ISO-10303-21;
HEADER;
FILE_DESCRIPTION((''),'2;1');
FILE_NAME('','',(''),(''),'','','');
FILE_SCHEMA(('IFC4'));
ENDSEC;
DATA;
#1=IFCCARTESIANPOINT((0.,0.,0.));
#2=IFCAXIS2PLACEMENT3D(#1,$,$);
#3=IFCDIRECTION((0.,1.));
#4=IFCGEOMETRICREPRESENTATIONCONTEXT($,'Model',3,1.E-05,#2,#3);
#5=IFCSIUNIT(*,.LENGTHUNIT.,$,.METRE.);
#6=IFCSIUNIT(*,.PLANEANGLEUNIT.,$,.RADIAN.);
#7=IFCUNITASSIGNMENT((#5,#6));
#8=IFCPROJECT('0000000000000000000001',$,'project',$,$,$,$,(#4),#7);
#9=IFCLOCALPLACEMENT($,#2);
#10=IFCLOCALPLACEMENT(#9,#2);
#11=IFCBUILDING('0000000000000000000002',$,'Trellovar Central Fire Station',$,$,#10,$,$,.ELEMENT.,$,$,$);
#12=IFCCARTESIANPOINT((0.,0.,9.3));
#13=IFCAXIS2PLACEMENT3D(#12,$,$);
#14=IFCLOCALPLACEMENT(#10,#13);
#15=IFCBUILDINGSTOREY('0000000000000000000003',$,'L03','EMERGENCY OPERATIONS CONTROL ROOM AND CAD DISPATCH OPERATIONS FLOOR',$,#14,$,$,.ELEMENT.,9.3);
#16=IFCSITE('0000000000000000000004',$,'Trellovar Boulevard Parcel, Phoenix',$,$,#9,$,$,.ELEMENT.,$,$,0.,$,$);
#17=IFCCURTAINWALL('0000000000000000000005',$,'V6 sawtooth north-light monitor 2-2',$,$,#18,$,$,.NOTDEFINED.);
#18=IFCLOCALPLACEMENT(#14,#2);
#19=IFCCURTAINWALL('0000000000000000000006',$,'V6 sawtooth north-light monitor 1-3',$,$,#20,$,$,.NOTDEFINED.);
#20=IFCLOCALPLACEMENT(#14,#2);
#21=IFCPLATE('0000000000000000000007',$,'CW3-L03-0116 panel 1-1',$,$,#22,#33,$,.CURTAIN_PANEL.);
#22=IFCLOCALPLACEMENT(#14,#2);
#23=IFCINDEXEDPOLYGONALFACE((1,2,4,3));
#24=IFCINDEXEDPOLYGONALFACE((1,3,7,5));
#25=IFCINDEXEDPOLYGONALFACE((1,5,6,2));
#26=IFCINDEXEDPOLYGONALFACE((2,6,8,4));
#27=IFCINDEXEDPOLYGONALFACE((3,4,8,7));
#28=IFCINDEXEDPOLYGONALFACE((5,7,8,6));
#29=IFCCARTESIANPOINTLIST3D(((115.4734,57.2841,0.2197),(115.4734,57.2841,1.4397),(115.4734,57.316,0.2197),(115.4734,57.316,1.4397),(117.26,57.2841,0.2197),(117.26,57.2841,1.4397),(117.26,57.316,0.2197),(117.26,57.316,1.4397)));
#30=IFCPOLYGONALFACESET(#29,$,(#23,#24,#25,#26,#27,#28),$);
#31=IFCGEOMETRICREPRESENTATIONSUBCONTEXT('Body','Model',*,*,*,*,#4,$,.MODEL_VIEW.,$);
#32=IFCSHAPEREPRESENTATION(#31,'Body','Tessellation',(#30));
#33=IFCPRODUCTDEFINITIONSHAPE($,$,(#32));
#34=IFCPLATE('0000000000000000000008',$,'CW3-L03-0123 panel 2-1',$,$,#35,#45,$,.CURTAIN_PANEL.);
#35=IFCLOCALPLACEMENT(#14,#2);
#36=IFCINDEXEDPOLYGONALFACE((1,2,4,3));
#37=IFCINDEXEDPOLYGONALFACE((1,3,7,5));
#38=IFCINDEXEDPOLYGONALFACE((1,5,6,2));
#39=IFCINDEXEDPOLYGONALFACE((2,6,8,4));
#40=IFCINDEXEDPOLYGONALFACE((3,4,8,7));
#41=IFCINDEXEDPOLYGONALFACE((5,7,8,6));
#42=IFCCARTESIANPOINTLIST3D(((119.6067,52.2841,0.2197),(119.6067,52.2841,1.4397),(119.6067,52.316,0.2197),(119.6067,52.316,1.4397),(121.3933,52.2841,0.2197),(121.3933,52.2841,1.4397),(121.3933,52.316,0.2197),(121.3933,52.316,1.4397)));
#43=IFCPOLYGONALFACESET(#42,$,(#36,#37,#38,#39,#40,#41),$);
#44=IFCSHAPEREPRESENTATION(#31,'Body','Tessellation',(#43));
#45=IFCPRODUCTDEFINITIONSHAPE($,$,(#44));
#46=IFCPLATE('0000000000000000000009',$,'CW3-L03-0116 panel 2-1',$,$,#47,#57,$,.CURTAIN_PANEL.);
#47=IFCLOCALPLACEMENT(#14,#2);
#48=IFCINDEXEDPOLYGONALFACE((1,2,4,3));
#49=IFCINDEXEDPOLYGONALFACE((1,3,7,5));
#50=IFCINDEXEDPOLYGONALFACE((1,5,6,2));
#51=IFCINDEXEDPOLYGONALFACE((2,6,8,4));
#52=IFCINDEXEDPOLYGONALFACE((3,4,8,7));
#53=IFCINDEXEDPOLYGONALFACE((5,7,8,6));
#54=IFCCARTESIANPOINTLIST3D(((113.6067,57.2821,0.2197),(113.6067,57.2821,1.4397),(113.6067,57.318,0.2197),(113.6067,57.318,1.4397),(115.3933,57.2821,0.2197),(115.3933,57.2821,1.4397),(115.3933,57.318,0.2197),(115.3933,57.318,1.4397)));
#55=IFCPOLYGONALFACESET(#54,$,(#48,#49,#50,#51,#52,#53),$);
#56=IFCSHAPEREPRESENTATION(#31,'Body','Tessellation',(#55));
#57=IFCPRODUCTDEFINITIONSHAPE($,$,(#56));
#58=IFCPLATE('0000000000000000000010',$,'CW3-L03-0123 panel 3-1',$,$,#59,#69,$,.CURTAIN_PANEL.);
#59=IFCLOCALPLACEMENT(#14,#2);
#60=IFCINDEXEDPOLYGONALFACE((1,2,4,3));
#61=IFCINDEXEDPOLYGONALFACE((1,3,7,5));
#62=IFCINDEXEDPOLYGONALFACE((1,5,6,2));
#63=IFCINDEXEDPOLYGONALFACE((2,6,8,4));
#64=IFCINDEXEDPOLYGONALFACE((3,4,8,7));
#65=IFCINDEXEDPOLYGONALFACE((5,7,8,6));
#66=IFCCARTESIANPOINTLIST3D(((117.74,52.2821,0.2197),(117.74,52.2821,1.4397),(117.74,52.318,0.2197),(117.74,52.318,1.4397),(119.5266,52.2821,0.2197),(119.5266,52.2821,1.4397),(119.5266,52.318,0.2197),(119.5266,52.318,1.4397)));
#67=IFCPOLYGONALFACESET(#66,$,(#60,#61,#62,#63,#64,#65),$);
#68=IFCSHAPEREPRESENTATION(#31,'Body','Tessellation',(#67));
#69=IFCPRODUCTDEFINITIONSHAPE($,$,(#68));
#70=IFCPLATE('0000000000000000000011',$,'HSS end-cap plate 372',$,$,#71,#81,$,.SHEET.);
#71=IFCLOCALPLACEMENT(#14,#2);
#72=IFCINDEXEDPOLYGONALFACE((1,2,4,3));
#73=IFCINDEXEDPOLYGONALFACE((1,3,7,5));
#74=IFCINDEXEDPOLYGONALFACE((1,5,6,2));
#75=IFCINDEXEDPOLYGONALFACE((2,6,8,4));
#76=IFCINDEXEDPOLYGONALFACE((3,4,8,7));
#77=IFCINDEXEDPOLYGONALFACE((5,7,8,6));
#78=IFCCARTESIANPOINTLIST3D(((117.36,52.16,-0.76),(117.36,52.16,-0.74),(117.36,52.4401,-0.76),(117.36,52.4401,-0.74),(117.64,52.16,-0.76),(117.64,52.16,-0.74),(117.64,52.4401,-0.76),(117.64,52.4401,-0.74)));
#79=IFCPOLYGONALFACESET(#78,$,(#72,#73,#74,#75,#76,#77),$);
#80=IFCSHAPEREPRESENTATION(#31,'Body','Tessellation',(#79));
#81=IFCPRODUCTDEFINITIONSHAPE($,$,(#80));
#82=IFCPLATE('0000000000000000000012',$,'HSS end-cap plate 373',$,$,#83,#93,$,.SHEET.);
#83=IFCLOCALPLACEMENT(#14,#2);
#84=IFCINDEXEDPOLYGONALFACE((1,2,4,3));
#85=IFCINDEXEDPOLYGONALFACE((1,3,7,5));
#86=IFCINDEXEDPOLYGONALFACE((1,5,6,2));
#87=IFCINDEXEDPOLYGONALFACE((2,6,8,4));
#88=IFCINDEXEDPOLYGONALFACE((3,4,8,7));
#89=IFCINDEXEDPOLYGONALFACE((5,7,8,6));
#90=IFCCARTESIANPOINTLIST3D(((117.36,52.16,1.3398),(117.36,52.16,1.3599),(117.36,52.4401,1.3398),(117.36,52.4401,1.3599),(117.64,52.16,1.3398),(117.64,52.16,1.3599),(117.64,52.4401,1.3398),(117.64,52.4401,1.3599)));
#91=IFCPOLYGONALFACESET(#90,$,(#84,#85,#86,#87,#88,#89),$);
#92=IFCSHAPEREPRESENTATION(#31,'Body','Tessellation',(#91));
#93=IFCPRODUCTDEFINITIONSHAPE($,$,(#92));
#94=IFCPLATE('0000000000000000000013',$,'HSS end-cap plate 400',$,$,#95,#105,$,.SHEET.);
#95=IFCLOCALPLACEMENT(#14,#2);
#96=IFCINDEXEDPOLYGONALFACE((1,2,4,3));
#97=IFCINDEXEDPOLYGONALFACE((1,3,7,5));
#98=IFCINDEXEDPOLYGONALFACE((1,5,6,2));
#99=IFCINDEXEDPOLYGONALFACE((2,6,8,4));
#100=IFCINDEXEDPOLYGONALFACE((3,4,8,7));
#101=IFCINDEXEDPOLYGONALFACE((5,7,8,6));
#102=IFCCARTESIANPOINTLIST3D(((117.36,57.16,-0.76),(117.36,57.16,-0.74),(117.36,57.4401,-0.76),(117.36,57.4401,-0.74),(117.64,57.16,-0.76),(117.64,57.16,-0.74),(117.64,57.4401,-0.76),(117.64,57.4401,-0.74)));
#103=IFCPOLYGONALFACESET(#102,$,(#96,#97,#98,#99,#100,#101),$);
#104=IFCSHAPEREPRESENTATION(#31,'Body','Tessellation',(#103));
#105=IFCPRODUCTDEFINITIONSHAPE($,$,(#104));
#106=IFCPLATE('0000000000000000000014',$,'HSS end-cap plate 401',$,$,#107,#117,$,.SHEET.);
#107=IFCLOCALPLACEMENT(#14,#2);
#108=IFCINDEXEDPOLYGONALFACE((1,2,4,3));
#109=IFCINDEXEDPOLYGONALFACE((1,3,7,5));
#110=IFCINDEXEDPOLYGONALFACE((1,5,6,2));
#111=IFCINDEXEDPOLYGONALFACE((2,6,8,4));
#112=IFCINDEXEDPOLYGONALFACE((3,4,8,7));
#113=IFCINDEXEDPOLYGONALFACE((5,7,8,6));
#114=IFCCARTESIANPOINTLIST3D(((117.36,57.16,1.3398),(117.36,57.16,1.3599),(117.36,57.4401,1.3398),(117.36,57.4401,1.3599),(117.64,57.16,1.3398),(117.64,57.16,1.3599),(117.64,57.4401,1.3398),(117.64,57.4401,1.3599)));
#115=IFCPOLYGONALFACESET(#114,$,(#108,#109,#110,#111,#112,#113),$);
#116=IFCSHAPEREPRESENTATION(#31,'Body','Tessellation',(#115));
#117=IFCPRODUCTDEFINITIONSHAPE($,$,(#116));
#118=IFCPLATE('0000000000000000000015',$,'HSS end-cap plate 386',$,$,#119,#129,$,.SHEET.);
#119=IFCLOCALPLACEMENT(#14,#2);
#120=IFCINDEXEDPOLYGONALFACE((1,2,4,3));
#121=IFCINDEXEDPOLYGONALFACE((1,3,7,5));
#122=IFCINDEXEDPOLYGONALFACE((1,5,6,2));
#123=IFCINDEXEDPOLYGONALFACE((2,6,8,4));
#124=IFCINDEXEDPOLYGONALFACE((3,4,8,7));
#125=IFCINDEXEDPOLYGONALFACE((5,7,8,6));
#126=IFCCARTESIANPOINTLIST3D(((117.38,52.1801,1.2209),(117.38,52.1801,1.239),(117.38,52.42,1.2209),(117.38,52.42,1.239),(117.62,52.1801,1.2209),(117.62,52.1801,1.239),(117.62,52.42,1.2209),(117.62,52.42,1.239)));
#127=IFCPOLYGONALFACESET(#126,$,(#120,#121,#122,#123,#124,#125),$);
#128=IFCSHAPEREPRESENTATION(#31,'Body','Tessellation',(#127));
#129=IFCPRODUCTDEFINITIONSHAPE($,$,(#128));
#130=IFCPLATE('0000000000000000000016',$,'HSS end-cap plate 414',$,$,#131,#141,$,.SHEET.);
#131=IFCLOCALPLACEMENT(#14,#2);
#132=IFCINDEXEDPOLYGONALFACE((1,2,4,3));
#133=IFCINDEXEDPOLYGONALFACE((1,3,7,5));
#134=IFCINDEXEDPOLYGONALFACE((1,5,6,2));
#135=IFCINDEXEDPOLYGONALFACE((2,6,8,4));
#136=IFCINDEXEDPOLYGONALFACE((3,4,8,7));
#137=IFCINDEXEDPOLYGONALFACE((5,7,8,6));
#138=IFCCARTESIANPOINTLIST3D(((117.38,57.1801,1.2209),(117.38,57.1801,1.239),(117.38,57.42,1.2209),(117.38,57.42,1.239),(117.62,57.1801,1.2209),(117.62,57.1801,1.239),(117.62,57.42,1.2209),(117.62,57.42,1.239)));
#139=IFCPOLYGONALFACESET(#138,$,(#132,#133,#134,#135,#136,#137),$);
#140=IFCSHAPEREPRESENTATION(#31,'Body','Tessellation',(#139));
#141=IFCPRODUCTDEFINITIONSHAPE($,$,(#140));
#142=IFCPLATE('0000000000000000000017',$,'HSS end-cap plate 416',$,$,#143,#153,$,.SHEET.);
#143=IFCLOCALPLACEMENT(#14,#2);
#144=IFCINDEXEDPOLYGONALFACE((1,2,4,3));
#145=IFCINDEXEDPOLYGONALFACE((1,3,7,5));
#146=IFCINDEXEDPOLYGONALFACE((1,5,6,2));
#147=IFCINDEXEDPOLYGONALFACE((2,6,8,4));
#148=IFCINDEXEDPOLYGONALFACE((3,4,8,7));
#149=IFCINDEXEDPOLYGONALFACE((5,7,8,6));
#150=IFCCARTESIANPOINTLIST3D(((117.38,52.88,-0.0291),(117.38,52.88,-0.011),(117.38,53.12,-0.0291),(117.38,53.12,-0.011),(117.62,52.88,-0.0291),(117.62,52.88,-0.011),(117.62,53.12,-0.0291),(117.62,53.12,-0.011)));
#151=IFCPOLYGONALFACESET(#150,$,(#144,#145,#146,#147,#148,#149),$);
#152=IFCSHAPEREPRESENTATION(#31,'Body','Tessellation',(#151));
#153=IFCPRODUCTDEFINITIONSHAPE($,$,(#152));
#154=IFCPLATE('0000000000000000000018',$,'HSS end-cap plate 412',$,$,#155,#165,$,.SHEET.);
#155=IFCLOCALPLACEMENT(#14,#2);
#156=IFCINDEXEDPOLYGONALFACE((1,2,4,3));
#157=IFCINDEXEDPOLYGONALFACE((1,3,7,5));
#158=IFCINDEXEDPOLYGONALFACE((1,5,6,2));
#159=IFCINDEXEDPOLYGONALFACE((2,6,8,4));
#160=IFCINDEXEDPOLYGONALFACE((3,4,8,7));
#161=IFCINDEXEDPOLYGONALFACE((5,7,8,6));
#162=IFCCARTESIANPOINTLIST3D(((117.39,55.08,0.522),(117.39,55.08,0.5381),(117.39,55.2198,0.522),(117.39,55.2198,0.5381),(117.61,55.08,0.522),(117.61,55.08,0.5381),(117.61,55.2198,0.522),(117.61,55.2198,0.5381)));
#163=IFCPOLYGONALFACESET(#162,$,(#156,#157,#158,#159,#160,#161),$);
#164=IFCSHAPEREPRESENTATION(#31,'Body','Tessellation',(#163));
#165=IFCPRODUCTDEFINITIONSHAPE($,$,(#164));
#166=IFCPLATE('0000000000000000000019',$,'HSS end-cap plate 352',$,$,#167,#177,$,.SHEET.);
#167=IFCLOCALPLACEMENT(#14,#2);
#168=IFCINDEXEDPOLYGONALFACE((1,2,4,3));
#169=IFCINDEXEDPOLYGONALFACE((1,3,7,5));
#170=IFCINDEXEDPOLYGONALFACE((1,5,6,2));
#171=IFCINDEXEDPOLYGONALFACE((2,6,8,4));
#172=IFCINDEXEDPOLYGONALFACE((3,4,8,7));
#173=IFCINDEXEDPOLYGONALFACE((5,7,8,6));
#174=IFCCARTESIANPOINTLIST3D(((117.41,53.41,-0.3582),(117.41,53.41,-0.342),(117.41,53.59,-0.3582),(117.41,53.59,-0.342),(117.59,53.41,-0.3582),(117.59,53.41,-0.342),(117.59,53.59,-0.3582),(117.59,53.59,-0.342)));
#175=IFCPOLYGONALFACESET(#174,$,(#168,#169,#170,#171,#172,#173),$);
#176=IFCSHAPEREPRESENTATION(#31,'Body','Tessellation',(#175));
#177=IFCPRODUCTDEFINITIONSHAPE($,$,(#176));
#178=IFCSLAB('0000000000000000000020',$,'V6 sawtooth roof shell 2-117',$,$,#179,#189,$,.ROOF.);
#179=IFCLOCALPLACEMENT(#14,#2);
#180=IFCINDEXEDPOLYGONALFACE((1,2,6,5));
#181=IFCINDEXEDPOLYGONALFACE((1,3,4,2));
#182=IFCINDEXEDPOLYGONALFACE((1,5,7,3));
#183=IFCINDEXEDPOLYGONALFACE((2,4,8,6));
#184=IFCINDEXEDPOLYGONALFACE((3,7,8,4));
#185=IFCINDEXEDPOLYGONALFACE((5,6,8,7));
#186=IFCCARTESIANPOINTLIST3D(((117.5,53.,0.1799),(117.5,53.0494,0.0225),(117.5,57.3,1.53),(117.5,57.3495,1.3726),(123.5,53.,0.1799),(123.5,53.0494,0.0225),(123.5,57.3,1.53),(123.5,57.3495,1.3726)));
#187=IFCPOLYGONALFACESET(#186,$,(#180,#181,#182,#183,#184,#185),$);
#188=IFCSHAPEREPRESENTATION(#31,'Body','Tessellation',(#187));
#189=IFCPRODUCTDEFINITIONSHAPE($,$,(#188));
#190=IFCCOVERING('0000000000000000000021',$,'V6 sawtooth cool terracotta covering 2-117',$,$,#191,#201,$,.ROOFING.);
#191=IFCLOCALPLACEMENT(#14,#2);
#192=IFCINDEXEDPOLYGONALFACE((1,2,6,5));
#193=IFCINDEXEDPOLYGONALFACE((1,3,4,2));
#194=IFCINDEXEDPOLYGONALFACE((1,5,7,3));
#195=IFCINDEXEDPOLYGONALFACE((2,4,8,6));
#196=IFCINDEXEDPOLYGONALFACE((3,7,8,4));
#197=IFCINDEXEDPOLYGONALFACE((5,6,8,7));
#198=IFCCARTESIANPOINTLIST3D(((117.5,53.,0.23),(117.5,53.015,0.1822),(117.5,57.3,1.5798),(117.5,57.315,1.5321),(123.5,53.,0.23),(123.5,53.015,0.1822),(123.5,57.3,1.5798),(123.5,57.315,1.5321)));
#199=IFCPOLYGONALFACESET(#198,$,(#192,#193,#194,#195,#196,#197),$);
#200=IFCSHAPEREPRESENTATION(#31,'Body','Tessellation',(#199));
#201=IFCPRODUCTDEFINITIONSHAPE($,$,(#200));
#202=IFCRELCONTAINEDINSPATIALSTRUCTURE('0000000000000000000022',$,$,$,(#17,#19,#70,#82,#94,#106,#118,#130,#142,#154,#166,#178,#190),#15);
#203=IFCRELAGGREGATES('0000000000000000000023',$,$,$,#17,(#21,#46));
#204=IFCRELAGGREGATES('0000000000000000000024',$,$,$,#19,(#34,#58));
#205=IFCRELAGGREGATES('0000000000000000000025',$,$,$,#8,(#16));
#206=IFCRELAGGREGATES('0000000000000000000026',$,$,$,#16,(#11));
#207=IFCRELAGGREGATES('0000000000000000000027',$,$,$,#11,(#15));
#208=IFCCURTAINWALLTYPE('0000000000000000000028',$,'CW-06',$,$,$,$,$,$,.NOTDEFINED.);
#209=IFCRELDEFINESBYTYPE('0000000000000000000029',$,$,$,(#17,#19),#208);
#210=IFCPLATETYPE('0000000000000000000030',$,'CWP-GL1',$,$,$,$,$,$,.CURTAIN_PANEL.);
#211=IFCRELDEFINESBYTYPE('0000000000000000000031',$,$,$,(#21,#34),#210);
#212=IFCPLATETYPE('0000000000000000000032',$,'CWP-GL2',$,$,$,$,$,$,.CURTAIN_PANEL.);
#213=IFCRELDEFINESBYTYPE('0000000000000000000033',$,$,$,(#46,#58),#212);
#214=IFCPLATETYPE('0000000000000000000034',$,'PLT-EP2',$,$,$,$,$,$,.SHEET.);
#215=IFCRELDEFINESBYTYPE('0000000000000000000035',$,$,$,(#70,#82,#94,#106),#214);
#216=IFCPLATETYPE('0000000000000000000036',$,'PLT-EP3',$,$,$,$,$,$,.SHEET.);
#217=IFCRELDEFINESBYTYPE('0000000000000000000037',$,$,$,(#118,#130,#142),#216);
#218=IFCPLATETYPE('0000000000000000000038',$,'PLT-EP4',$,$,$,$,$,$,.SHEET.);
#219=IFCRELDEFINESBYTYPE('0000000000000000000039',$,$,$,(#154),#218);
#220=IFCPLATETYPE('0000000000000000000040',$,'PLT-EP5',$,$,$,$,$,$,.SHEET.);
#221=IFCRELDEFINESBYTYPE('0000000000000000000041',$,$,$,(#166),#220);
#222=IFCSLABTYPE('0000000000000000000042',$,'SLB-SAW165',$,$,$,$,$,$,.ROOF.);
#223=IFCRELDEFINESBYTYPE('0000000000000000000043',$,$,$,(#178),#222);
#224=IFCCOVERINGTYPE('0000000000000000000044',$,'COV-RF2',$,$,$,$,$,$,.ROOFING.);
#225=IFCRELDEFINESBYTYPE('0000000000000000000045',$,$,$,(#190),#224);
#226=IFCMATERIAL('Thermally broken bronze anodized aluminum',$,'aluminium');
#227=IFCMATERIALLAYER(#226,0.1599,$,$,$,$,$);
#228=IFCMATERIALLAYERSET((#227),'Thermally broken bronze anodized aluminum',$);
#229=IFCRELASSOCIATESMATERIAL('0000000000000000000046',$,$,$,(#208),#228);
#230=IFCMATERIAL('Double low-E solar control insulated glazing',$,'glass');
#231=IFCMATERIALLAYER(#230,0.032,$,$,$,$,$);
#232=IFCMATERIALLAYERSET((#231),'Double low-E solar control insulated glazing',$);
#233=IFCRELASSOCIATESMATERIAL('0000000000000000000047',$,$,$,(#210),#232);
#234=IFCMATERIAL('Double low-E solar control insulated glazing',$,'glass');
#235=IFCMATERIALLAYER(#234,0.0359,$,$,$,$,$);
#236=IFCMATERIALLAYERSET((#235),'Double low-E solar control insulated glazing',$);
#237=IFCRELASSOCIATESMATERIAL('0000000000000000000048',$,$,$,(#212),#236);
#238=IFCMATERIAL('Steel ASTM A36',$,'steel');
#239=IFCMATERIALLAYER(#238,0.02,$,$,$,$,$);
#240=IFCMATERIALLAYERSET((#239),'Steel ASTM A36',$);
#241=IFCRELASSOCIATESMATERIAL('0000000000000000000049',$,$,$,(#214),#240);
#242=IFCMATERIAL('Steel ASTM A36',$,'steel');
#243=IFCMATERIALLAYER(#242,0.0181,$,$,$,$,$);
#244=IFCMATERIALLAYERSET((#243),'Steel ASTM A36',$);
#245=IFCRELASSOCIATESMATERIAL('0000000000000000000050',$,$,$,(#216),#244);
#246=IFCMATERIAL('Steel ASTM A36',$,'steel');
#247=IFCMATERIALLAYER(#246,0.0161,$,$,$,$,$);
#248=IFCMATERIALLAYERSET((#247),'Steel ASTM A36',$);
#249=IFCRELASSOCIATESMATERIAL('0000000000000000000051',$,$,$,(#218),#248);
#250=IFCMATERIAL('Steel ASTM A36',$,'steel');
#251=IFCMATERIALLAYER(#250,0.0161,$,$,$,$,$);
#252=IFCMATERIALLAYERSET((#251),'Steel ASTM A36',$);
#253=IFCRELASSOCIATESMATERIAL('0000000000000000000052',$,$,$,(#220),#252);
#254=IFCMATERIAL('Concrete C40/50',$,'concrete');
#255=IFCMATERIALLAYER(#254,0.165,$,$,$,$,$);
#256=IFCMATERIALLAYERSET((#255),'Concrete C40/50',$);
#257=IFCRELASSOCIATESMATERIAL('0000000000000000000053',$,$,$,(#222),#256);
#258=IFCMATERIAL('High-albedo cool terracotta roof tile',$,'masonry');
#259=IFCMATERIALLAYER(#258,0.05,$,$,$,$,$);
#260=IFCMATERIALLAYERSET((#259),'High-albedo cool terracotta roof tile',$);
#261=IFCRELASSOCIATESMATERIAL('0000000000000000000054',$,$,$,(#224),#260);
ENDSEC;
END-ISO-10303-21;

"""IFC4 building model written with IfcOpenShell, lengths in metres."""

from ifc_helpers import new_model, si_unit, direction, frame, origin, origin_2d, place, context, subcontext, project, spatial, polyline, rectangle, outline, extrude, material, layer, layer_set, type_object, element, aggregate, save


model = new_model("IFC4")

# Units and contexts
model_context = context("Model", 3, precision=1e-05, world=origin(), true_north=direction((0.0, 1.0)))
body_context = subcontext(model_context, "Body", "Model", "MODEL_VIEW")
ifc_project = project(units=[si_unit("LENGTHUNIT", "METRE"), si_unit("PLANEANGLEUNIT", "RADIAN")], contexts=[model_context])

# Site, building, storey
site_placement = place(None, origin())
site = spatial("IfcSite", under=ifc_project, at=site_placement, Name="Trellovar Boulevard Parcel, Phoenix", CompositionType="ELEMENT", RefElevation=0.0)
building_placement = place(site_placement, origin())
building = spatial("IfcBuilding", under=site, at=building_placement, Name="Trellovar Central Fire Station", CompositionType="ELEMENT")
storey_placement = place(building_placement, frame((0.0, 0.0, 9.3)))
storey = spatial("IfcBuildingStorey", under=building, at=storey_placement, Name="L03", Description="EMERGENCY OPERATIONS CONTROL ROOM AND CAD DISPATCH OPERATIONS FLOOR", CompositionType="ELEMENT", Elevation=9.3)

# Curtain walls
ifc_material_1 = material(Name="Thermally broken bronze anodized aluminum", Category="aluminium")
ifc_layer_1 = layer(ifc_material_1, 0.1599)
ifc_layer_set_1 = layer_set([ifc_layer_1], Name="Thermally broken bronze anodized aluminum")
curtain_wall_type = type_object("IfcCurtainWallType", Name="CW-06", PredefinedType="NOTDEFINED", material=ifc_layer_set_1)
curtain_wall_1_placement = place(storey_placement, origin())
curtain_wall_1 = element("IfcCurtainWall", 1, at=curtain_wall_1_placement, inside=storey, type_object=curtain_wall_type, Name="V6 sawtooth north-light monitor 2-2", PredefinedType="NOTDEFINED")
curtain_wall_2_placement = place(storey_placement, origin())
curtain_wall_2 = element("IfcCurtainWall", 2, at=curtain_wall_2_placement, inside=storey, type_object=curtain_wall_type, Name="V6 sawtooth north-light monitor 1-3", PredefinedType="NOTDEFINED")

# Plates
ifc_material_2 = material(Name="Double low-E solar control insulated glazing", Category="glass")
ifc_layer_2 = layer(ifc_material_2, 0.032)
ifc_layer_set_2 = layer_set([ifc_layer_2], Name="Double low-E solar control insulated glazing")
plate_type_1 = type_object("IfcPlateType", Name="CWP-GL1", PredefinedType="CURTAIN_PANEL", material=ifc_layer_set_2)
plate_1_placement = place(storey_placement, frame((116.3667, 57.3, 0.2197), z_axis=(0.0, 0.0, 1.0), x_axis=(-1.0, 0.0, 0.0)))
plate_1 = element("IfcPlate", 3, at=plate_1_placement, type_object=plate_type_1, Name="CW3-L03-0116 panel 1-1", PredefinedType="CURTAIN_PANEL", context=body_context, shape_type="SweptSolid", body=[
    extrude(rectangle(XDim=1.7866, YDim=0.032, at=origin_2d()), origin(), (0.0, 0.0, 1.0), 1.22),
])
plate_2_placement = place(storey_placement, frame((120.5, 52.3, 0.2197), z_axis=(0.0, 0.0, 1.0), x_axis=(-1.0, 0.0, 0.0)))
plate_2 = element("IfcPlate", 4, at=plate_2_placement, type_object=plate_type_1, Name="CW3-L03-0123 panel 2-1", PredefinedType="CURTAIN_PANEL", context=body_context, shape_type="SweptSolid", body=[
    extrude(rectangle(XDim=1.7866, YDim=0.032, at=origin_2d()), origin(), (0.0, 0.0, 1.0), 1.22),
])
ifc_material_3 = material(Name="Double low-E solar control insulated glazing", Category="glass")
ifc_layer_3 = layer(ifc_material_3, 0.0359)
ifc_layer_set_3 = layer_set([ifc_layer_3], Name="Double low-E solar control insulated glazing")
plate_type_2 = type_object("IfcPlateType", Name="CWP-GL2", PredefinedType="CURTAIN_PANEL", material=ifc_layer_set_3)
plate_3_placement = place(storey_placement, frame((114.5, 57.3, 0.2197), z_axis=(0.0, 0.0, 1.0), x_axis=(-1.0, 0.0, 0.0)))
plate_3 = element("IfcPlate", 5, at=plate_3_placement, type_object=plate_type_2, Name="CW3-L03-0116 panel 2-1", PredefinedType="CURTAIN_PANEL", context=body_context, shape_type="SweptSolid", body=[
    extrude(rectangle(XDim=1.7866, YDim=0.0359, at=origin_2d()), origin(), (0.0, 0.0, 1.0), 1.22),
])
aggregate(curtain_wall_1, [plate_1, plate_3])
plate_4_placement = place(storey_placement, frame((118.6333, 52.3, 0.2197), z_axis=(0.0, 0.0, 1.0), x_axis=(-1.0, 0.0, 0.0)))
plate_4 = element("IfcPlate", 6, at=plate_4_placement, type_object=plate_type_2, Name="CW3-L03-0123 panel 3-1", PredefinedType="CURTAIN_PANEL", context=body_context, shape_type="SweptSolid", body=[
    extrude(rectangle(XDim=1.7866, YDim=0.0359, at=origin_2d()), origin(), (0.0, 0.0, 1.0), 1.22),
])
aggregate(curtain_wall_2, [plate_2, plate_4])

# Plates
ifc_material_4 = material(Name="Steel ASTM A36", Category="steel")
ifc_layer_4 = layer(ifc_material_4, 0.02)
ifc_layer_set_4 = layer_set([ifc_layer_4], Name="Steel ASTM A36")
plate_type_3 = type_object("IfcPlateType", Name="PLT-EP2", PredefinedType="SHEET", material=ifc_layer_set_4)
for number, where, z_axis, x_axis, name in (
    (7, (117.5, 52.3, -0.76), (0.0, 0.0, 1.0), (1.0, 0.0, 0.0), "HSS end-cap plate 372"),
    (8, (117.5, 52.3, 1.3398), (0.0, 0.0, 1.0), (1.0, 0.0, 0.0), "HSS end-cap plate 373"),
    (9, (117.5, 57.3, -0.76), (0.0, 0.0, 1.0), (1.0, 0.0, 0.0), "HSS end-cap plate 400"),
    (10, (117.5, 57.3, 1.3398), (0.0, 0.0, 1.0), (1.0, 0.0, 0.0), "HSS end-cap plate 401"),
):
    element("IfcPlate", number, at=place(storey_placement, frame(where, z_axis=z_axis, x_axis=x_axis)), inside=storey, type_object=plate_type_3, Name=name, PredefinedType="SHEET", context=body_context, shape_type="SweptSolid", body=[
        extrude(rectangle(XDim=0.28, YDim=0.28, at=origin_2d()), origin(), (0.0, 0.0, 1.0), 0.02),
    ])
ifc_material_5 = material(Name="Steel ASTM A36", Category="steel")
ifc_layer_5 = layer(ifc_material_5, 0.0181)
ifc_layer_set_5 = layer_set([ifc_layer_5], Name="Steel ASTM A36")
plate_type_4 = type_object("IfcPlateType", Name="PLT-EP3", PredefinedType="SHEET", material=ifc_layer_set_5)
for number, where, z_axis, x_axis, name in (
    (11, (117.5, 52.3, 1.2209), (0.0, 0.0, 1.0), (1.0, 0.0, 0.0), "HSS end-cap plate 386"),
    (12, (117.5, 57.3, 1.2209), (0.0, 0.0, 1.0), (1.0, 0.0, 0.0), "HSS end-cap plate 414"),
    (13, (117.5, 53.0, -0.0291), (0.0, 0.0, 1.0), (1.0, 0.0, 0.0), "HSS end-cap plate 416"),
):
    element("IfcPlate", number, at=place(storey_placement, frame(where, z_axis=z_axis, x_axis=x_axis)), inside=storey, type_object=plate_type_4, Name=name, PredefinedType="SHEET", context=body_context, shape_type="SweptSolid", body=[
        extrude(rectangle(XDim=0.24, YDim=0.24, at=origin_2d()), origin(), (0.0, 0.0, 1.0), 0.0181),
    ])
ifc_material_6 = material(Name="Steel ASTM A36", Category="steel")
ifc_layer_6 = layer(ifc_material_6, 0.0161)
ifc_layer_set_6 = layer_set([ifc_layer_6], Name="Steel ASTM A36")
plate_type_5 = type_object("IfcPlateType", Name="PLT-EP4", PredefinedType="SHEET", material=ifc_layer_set_6)
plate_5_placement = place(storey_placement, frame((117.5, 55.1499, 0.522), z_axis=(0.0, 0.0, 1.0), x_axis=(1.0, 0.0, 0.0)))
element("IfcPlate", 14, at=plate_5_placement, inside=storey, type_object=plate_type_5, Name="HSS end-cap plate 412", PredefinedType="SHEET", context=body_context, shape_type="SweptSolid", body=[
    extrude(rectangle(XDim=0.22, YDim=0.1399, at=origin_2d()), origin(), (0.0, 0.0, 1.0), 0.0161),
])
ifc_material_7 = material(Name="Steel ASTM A36", Category="steel")
ifc_layer_7 = layer(ifc_material_7, 0.0161)
ifc_layer_set_7 = layer_set([ifc_layer_7], Name="Steel ASTM A36")
plate_type_6 = type_object("IfcPlateType", Name="PLT-EP5", PredefinedType="SHEET", material=ifc_layer_set_7)
plate_6_placement = place(storey_placement, frame((117.5, 53.5, -0.3582), z_axis=(0.0, 0.0, 1.0), x_axis=(1.0, 0.0, 0.0)))
element("IfcPlate", 15, at=plate_6_placement, inside=storey, type_object=plate_type_6, Name="HSS end-cap plate 352", PredefinedType="SHEET", context=body_context, shape_type="SweptSolid", body=[
    extrude(rectangle(XDim=0.1799, YDim=0.1799, at=origin_2d()), origin(), (0.0, 0.0, 1.0), 0.0161),
])

# Slab
ifc_material_8 = material(Name="Concrete C40/50", Category="concrete")
ifc_layer_8 = layer(ifc_material_8, 0.165)
ifc_layer_set_8 = layer_set([ifc_layer_8], Name="Concrete C40/50")
slab_type = type_object("IfcSlabType", Name="SLB-SAW165", PredefinedType="ROOF", material=ifc_layer_set_8)
slab_placement = place(storey_placement, frame((117.5, 53.0, 0.1799), z_axis=(0.0, -0.299555, 0.954079), x_axis=(1.0, 0.0, 0.0)))
element("IfcSlab", 16, at=slab_placement, inside=storey, type_object=slab_type, Name="V6 sawtooth roof shell 2-117", PredefinedType="ROOF", context=body_context, shape_type="SweptSolid", body=[
    extrude(outline(polyline([(0.0, 0.0), (6.0, 0.0), (6.0, 4.507), (0.0, 4.507), (0.0, 0.0)])), origin(), (0.0, 0.0, -1.0), 0.165),
])

# Covering
ifc_material_9 = material(Name="High-albedo cool terracotta roof tile", Category="masonry")
ifc_layer_9 = layer(ifc_material_9, 0.05)
ifc_layer_set_9 = layer_set([ifc_layer_9], Name="High-albedo cool terracotta roof tile")
covering_type = type_object("IfcCoveringType", Name="COV-RF2", PredefinedType="ROOFING", material=ifc_layer_set_9)
covering_placement = place(storey_placement, frame((117.5, 53.0, 0.23), z_axis=(0.0, -0.299505, 0.954095), x_axis=(1.0, 0.0, 0.0)))
element("IfcCovering", 17, at=covering_placement, inside=storey, type_object=covering_type, Name="V6 sawtooth cool terracotta covering 2-117", PredefinedType="ROOFING", context=body_context, shape_type="SweptSolid", body=[
    extrude(outline(polyline([(0.0, 0.0), (6.0, 0.0), (6.0, 4.5069), (0.0, 4.5069), (0.0, 0.0)])), origin(), (0.0, 0.0, -1.0), 0.05),
])

save(model, "model.ifc")
